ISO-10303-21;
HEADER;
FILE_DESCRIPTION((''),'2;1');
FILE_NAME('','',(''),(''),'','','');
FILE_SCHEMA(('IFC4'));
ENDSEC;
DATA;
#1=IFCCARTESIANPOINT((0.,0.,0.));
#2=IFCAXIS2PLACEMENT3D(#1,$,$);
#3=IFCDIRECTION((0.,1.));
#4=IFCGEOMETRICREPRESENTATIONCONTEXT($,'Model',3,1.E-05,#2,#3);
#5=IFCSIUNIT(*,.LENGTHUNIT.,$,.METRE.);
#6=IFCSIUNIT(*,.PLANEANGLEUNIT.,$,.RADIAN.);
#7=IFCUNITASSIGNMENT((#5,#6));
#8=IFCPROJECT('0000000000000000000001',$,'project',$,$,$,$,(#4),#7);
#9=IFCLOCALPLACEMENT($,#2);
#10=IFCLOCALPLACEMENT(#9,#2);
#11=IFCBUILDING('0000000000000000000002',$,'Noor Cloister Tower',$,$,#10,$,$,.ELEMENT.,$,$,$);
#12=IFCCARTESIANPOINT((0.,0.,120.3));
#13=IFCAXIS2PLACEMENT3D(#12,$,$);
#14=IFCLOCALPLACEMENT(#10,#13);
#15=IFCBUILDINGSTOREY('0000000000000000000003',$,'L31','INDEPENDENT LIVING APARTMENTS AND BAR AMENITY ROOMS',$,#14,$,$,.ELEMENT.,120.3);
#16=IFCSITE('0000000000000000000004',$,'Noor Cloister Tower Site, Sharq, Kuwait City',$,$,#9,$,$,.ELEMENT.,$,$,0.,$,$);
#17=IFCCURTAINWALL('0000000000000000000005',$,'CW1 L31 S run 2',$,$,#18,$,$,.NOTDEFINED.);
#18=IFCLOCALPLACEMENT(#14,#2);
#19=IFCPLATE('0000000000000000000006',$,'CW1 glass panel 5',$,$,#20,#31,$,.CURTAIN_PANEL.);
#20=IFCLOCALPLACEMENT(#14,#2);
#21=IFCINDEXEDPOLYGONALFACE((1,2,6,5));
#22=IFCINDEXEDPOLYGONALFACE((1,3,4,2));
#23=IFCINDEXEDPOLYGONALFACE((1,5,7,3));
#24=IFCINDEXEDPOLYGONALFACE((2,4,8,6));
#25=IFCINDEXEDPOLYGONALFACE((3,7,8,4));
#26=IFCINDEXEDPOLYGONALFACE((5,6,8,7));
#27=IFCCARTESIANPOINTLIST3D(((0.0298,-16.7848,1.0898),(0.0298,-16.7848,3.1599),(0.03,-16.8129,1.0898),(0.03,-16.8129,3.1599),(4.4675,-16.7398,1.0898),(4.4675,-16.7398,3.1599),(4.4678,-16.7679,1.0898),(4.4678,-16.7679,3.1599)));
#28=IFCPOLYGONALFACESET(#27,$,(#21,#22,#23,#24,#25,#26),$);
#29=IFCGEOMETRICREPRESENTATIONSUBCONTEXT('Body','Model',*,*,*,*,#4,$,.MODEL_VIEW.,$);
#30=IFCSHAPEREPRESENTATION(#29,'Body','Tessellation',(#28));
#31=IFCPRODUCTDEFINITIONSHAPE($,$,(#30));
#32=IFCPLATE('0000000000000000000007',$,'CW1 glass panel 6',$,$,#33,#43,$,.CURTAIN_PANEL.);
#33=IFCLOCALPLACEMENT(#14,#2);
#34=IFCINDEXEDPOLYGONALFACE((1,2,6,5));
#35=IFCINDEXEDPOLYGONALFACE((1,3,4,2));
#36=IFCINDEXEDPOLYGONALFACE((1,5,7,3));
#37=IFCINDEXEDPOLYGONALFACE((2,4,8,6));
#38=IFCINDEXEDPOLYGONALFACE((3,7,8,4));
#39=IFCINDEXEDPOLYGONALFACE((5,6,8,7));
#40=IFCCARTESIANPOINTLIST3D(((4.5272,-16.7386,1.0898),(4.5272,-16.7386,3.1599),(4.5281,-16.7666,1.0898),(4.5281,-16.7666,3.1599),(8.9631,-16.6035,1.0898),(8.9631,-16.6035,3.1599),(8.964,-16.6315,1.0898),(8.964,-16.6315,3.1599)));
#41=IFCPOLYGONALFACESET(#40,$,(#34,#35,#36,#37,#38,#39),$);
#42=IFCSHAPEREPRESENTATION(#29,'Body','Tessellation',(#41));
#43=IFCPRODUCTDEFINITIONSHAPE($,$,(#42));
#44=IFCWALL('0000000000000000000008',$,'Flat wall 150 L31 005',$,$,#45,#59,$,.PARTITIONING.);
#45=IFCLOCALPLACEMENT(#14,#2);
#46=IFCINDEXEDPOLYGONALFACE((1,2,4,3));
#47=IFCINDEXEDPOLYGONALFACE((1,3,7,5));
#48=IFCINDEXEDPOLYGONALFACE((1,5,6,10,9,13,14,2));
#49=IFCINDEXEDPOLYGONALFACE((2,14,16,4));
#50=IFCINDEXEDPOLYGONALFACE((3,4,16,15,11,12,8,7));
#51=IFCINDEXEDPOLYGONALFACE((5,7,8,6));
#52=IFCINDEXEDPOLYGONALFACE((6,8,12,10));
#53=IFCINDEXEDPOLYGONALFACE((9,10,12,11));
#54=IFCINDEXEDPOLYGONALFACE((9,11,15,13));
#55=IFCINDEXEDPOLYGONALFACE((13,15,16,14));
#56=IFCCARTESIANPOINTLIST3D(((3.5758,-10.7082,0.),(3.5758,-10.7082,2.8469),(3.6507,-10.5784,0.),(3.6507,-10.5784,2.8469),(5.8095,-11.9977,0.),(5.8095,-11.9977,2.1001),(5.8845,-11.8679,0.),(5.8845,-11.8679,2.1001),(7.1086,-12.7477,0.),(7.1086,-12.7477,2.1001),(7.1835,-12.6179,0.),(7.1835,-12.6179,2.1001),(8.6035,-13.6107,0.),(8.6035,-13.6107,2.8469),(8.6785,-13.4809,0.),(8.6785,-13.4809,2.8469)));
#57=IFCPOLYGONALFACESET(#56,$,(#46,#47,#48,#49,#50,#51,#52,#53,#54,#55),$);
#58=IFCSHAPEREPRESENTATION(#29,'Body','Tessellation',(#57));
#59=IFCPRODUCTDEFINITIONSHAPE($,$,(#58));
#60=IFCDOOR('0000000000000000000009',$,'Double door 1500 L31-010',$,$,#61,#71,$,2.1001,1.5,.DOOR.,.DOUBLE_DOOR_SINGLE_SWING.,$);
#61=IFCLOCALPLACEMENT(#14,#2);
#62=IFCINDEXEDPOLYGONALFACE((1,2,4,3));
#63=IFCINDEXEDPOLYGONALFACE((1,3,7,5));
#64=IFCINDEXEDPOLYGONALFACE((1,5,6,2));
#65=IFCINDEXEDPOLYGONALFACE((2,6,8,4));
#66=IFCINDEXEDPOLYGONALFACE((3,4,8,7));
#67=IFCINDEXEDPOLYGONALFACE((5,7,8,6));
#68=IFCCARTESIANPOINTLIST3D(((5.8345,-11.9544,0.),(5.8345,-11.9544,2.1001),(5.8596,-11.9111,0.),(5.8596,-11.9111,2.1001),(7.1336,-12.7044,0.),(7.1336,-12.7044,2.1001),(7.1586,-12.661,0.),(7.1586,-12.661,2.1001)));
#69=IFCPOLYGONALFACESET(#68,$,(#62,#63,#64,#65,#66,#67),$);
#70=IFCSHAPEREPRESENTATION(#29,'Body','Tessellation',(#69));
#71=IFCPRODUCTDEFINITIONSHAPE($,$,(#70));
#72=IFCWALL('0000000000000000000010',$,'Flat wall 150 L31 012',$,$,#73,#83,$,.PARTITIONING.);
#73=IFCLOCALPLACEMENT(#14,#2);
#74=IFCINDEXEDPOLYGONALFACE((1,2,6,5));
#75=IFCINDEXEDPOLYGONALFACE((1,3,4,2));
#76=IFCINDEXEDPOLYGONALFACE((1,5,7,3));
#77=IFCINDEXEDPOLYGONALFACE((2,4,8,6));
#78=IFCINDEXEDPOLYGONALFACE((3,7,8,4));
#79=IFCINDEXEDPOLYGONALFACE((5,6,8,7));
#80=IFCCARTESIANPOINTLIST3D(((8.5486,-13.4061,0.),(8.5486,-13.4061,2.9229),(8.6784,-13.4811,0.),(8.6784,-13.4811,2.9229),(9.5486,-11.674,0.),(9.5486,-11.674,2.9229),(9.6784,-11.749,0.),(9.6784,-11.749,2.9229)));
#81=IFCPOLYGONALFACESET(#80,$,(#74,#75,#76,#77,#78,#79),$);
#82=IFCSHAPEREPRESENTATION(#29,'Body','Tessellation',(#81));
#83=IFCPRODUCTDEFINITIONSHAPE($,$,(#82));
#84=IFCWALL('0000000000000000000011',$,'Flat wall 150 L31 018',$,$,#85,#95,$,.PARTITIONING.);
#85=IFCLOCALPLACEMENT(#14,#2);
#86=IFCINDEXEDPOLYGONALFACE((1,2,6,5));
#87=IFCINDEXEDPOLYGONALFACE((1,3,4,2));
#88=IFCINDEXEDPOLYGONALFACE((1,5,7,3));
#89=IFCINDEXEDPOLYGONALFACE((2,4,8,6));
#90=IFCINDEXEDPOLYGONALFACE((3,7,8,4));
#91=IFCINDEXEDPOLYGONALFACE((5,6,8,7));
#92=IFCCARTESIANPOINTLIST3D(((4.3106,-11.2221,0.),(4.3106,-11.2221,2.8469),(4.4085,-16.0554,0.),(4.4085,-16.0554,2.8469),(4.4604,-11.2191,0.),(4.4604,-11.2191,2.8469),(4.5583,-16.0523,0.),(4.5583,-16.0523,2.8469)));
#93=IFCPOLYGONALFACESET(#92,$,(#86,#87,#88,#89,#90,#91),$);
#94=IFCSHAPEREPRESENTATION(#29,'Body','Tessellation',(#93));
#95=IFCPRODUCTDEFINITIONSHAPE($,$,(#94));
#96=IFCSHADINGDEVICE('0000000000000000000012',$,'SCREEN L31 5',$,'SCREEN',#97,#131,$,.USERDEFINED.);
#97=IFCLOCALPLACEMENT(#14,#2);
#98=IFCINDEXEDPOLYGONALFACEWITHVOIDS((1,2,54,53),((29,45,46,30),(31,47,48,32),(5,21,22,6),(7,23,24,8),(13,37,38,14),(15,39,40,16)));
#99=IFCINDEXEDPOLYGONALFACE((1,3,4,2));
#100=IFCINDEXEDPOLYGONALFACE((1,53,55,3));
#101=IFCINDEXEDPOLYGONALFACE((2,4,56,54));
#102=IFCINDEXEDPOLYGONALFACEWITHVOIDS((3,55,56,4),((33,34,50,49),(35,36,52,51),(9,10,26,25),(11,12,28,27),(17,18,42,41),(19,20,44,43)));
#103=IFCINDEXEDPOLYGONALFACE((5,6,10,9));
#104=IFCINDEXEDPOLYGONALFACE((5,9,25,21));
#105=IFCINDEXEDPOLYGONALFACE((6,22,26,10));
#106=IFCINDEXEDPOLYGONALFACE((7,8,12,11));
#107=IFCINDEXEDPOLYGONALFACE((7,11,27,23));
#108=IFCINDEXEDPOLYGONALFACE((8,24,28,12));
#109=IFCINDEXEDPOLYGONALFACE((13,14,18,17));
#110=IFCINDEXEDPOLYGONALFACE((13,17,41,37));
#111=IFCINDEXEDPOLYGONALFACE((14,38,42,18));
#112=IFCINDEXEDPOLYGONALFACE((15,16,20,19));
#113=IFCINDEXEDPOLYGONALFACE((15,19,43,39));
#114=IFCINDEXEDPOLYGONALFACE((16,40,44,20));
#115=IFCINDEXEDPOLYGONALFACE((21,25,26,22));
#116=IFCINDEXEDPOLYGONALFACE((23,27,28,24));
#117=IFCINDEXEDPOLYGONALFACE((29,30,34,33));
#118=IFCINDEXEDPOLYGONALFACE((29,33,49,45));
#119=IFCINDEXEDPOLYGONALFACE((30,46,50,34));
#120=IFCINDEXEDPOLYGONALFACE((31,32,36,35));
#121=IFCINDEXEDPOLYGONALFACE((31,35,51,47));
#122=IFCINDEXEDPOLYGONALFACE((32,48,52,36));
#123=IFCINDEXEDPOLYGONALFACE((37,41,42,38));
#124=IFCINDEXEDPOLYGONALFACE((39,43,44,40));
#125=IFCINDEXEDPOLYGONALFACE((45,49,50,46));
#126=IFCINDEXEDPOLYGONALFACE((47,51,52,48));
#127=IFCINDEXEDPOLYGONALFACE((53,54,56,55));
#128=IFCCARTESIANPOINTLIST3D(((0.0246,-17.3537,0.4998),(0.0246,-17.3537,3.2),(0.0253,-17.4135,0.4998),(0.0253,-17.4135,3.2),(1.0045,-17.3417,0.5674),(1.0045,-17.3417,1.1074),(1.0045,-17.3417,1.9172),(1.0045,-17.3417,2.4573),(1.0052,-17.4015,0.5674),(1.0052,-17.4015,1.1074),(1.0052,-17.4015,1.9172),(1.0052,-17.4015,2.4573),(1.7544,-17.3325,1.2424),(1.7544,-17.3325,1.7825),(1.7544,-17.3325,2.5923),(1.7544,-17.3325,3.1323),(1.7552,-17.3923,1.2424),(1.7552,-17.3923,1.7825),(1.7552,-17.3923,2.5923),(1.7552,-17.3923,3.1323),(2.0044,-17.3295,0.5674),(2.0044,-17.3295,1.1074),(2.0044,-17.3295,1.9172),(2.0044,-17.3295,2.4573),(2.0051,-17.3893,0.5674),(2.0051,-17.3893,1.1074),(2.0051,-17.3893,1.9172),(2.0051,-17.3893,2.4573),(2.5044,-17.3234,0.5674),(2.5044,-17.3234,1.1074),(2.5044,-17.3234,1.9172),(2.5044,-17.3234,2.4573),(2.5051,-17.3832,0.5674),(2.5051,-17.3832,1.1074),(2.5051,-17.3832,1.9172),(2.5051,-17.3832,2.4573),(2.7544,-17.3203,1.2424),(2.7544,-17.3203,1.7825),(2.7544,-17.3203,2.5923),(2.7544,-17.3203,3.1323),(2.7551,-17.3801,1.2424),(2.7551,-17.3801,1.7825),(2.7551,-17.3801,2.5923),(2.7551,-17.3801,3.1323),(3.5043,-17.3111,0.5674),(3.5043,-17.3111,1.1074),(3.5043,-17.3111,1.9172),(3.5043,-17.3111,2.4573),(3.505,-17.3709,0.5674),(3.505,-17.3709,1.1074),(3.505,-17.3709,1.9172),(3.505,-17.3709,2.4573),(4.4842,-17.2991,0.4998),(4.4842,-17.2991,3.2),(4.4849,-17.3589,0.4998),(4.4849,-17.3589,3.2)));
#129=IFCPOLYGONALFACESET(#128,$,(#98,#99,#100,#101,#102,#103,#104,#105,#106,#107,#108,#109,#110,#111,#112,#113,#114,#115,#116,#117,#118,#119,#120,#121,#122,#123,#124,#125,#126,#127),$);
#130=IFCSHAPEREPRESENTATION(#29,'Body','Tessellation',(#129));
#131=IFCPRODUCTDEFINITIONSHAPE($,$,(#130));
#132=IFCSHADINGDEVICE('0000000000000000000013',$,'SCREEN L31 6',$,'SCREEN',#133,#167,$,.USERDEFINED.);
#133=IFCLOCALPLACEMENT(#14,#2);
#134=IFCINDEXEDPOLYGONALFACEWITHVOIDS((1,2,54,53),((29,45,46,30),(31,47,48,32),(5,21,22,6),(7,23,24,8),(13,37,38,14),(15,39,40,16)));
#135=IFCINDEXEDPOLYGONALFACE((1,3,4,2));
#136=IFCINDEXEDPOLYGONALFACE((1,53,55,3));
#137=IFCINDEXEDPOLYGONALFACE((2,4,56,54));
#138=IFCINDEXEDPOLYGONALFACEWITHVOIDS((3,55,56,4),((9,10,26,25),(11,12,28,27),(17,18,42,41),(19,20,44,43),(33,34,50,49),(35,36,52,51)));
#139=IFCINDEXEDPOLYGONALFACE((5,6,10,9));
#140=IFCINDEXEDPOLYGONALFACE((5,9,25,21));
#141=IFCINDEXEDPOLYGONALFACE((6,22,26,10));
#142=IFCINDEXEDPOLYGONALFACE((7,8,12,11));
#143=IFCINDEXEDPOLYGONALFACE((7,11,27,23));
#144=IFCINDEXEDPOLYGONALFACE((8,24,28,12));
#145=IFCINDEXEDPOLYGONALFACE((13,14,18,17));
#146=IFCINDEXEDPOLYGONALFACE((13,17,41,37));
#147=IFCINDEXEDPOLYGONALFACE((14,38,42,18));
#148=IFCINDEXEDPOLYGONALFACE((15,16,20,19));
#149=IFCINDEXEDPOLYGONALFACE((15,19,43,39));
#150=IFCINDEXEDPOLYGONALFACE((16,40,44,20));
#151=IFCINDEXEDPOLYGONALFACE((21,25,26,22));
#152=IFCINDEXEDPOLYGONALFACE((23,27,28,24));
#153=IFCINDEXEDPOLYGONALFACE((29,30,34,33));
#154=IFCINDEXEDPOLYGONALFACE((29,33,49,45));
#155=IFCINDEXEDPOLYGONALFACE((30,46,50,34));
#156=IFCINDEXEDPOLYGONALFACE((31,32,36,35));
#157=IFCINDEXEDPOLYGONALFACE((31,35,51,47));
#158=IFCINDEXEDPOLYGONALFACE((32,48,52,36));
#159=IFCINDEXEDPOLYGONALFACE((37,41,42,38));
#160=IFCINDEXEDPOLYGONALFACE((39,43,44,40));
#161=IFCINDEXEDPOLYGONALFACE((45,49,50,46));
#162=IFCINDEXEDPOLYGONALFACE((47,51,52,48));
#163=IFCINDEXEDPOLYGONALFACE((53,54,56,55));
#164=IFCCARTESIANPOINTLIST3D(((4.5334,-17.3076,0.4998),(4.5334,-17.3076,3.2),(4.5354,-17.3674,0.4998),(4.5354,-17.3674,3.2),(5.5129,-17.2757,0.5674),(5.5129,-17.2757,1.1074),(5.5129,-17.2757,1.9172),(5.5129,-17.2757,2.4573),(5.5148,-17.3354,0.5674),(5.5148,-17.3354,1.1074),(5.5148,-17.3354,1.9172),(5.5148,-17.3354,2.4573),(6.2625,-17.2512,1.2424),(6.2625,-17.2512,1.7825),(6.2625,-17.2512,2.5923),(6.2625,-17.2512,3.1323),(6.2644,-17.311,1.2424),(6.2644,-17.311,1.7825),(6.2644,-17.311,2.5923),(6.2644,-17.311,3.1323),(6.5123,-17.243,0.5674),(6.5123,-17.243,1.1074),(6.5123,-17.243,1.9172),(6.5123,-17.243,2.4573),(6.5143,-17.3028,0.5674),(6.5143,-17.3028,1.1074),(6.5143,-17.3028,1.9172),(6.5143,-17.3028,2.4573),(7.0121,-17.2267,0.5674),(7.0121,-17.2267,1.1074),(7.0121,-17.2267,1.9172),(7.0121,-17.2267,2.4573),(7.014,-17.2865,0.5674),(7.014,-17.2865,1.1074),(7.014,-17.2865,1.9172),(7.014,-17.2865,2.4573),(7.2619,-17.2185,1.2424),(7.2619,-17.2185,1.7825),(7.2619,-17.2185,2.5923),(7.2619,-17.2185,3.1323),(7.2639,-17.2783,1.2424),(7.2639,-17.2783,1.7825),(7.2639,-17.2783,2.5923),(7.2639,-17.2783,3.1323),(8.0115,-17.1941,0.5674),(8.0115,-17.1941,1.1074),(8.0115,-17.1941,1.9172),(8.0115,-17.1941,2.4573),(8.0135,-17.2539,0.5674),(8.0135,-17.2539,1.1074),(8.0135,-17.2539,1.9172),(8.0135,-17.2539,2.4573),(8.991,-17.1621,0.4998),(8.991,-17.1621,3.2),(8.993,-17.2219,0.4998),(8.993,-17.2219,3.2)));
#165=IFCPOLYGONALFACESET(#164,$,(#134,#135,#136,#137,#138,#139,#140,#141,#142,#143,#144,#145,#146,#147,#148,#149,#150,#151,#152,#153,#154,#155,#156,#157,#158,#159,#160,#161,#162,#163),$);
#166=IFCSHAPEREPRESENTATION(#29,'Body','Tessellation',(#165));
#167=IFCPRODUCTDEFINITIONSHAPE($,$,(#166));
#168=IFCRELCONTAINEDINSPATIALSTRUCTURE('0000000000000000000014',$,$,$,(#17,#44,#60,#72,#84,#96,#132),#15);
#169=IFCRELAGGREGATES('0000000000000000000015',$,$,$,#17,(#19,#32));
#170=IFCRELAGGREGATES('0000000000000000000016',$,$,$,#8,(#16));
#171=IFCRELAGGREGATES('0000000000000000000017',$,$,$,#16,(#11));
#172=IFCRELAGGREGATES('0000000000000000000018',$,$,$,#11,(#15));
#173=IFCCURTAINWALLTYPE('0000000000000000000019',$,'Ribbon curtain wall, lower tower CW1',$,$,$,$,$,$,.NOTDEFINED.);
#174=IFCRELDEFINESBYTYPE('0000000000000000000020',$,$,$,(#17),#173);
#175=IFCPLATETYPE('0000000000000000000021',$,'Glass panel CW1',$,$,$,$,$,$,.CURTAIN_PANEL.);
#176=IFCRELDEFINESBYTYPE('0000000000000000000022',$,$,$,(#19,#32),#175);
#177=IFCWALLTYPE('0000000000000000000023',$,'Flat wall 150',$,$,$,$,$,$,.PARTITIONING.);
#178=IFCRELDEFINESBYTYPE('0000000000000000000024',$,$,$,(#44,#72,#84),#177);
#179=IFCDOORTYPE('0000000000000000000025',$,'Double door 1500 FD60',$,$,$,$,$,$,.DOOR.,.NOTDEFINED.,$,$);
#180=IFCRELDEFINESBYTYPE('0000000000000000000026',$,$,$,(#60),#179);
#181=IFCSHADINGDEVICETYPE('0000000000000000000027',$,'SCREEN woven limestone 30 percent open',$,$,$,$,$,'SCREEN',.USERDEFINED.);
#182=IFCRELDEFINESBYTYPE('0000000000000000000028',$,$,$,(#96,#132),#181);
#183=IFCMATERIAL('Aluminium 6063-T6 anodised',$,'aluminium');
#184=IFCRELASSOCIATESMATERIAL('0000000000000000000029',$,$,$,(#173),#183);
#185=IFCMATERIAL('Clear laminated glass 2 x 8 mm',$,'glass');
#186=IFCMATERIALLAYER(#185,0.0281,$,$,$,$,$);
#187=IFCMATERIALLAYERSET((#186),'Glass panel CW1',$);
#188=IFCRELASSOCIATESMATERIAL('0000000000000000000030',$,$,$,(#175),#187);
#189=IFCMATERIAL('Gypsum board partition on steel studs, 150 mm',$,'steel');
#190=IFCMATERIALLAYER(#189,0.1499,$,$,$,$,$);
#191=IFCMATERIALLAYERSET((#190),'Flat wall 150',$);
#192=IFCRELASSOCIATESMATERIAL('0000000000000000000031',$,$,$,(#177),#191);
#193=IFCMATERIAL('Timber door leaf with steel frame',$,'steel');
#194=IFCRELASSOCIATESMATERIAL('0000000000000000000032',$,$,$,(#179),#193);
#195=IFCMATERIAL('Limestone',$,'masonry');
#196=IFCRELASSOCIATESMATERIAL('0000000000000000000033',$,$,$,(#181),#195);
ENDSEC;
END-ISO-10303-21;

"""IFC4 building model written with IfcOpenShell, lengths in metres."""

from ifc_helpers import new_model, si_unit, direction, frame, frame_2d, origin, origin_2d, place, context, subcontext, project, spatial, polyline, rectangle, outline, extrude, material, layer, layer_set, material_profile, profile_set, type_object, element, fill, aggregate, save


model = new_model("IFC4")

# Units and contexts
model_context = context("Model", 3, precision=1e-05, world=origin(), true_north=direction((0.0, 1.0)))
body_context = subcontext(model_context, "Body", "Model", "MODEL_VIEW")
ifc_project = project(units=[si_unit("LENGTHUNIT", "METRE"), si_unit("PLANEANGLEUNIT", "RADIAN")], contexts=[model_context])

# Site, building, storey
site_placement = place(None, origin())
site = spatial("IfcSite", under=ifc_project, at=site_placement, Name="Noor Cloister Tower Site, Sharq, Kuwait City", CompositionType="ELEMENT", RefElevation=0.0)
building_placement = place(site_placement, origin())
building = spatial("IfcBuilding", under=site, at=building_placement, Name="Noor Cloister Tower", CompositionType="ELEMENT")
storey_placement = place(building_placement, frame((0.0, 0.0, 120.3)))
storey = spatial("IfcBuildingStorey", under=building, at=storey_placement, Name="L31", Description="INDEPENDENT LIVING APARTMENTS AND BAR AMENITY ROOMS", CompositionType="ELEMENT", Elevation=120.3)

# Curtain wall
ifc_material_1 = material(Name="Aluminium 6063-T6 anodised", Category="aluminium")
curtain_wall_type = type_object("IfcCurtainWallType", Name="Ribbon curtain wall, lower tower CW1", PredefinedType="NOTDEFINED", material=ifc_material_1)
curtain_wall_placement = place(storey_placement, origin())
curtain_wall = element("IfcCurtainWall", 1, at=curtain_wall_placement, inside=storey, type_object=curtain_wall_type, Name="CW1 L31 S run 2", PredefinedType="NOTDEFINED")

# Plates
ifc_material_2 = material(Name="Clear laminated glass 2 x 8 mm", Category="glass")
ifc_layer_1 = layer(ifc_material_2, 0.0281)
ifc_layer_set_1 = layer_set([ifc_layer_1], Name="Glass panel CW1")
plate_type = type_object("IfcPlateType", Name="Glass panel CW1", PredefinedType="CURTAIN_PANEL", material=ifc_layer_set_1)
plate_1_placement = place(storey_placement, frame((2.2488, -16.7764, 1.0898), z_axis=(0.0, 0.0, 1.0), x_axis=(0.999949, 0.010147, 0.0)))
plate_1 = element("IfcPlate", 2, at=plate_1_placement, type_object=plate_type, Name="CW1 glass panel 5", PredefinedType="CURTAIN_PANEL", context=body_context, shape_type="SweptSolid", body=[
    extrude(rectangle(XDim=4.438, YDim=0.0281, at=origin_2d()), origin(), (0.0, 0.0, 1.0), 2.0701),
])
plate_2_placement = place(storey_placement, frame((6.7456, -16.6851, 1.0898), z_axis=(0.0, 0.0, 1.0), x_axis=(0.999537, 0.030438, 0.0)))
plate_2 = element("IfcPlate", 3, at=plate_2_placement, type_object=plate_type, Name="CW1 glass panel 6", PredefinedType="CURTAIN_PANEL", context=body_context, shape_type="SweptSolid", body=[
    extrude(rectangle(XDim=4.438, YDim=0.0281, at=origin_2d()), origin(), (0.0, 0.0, 1.0), 2.0701),
])
aggregate(curtain_wall, [plate_1, plate_2])

# Wall, opening, door
ifc_material_3 = material(Name="Gypsum board partition on steel studs, 150 mm", Category="steel")
ifc_layer_2 = layer(ifc_material_3, 0.1499)
ifc_layer_set_2 = layer_set([ifc_layer_2], Name="Flat wall 150")
wall_type = type_object("IfcWallType", Name="Flat wall 150", PredefinedType="PARTITIONING", material=ifc_layer_set_2)
wall_1_placement = place(storey_placement, frame((8.6411, -13.5459, 0.0), z_axis=(0.0, 0.0, 1.0), x_axis=(-0.866043, 0.49997, 0.0)))
wall_1 = element("IfcWall", 4, at=wall_1_placement, inside=storey, type_object=wall_type, Name="Flat wall 150 L31 005", PredefinedType="PARTITIONING", context=body_context, shape_type="SweptSolid", body=[
    extrude(rectangle(XDim=5.8054, YDim=0.1499, at=frame_2d((2.9028, 0.0))), origin(), (0.0, 0.0, 1.0), 2.8469),
])
opening_placement = place(wall_1_placement, frame((1.7263, 0.0, 0.0)))
opening = element("IfcOpeningElement", 5, at=opening_placement, cuts=wall_1, PredefinedType="OPENING", context=body_context, shape_type="SweptSolid", body=[
    extrude(rectangle(XDim=1.5, YDim=2.1001, at=frame_2d((0.75, 1.05))), frame((0.0, 0.085, 0.0), z_axis=(0.0, -1.0, 0.0), x_axis=(1.0, 0.0, 0.0)), (0.0, 0.0, 1.0), 0.1699),
])
ifc_material_4 = material(Name="Timber door leaf with steel frame", Category="steel")
door_type = type_object("IfcDoorType", Name="Double door 1500 FD60", OperationType="NOTDEFINED", PredefinedType="DOOR", material=ifc_material_4)
door_placement = place(opening_placement, origin())
door = element("IfcDoor", 6, at=door_placement, inside=storey, type_object=door_type, Name="Double door 1500 L31-010", OperationType="DOUBLE_DOOR_SINGLE_SWING", OverallHeight=2.1001, OverallWidth=1.5, PredefinedType="DOOR", context=body_context, shape_type="SweptSolid", body=[
    extrude(rectangle(XDim=1.5, YDim=2.1001, at=frame_2d((0.75, 1.05))), frame((0.0, 0.0249, 0.0), z_axis=(0.0, -1.0, 0.0), x_axis=(1.0, 0.0, 0.0)), (0.0, 0.0, 1.0), 0.05),
])
fill(opening, door)

# Walls
wall_2_placement = place(storey_placement, frame((8.6135, -13.4436, 0.0), z_axis=(0.0, 0.0, 1.0), x_axis=(0.499973, 0.866041, 0.0)))
element("IfcWall", 7, at=wall_2_placement, inside=storey, type_object=wall_type, Name="Flat wall 150 L31 012", PredefinedType="PARTITIONING", context=body_context, shape_type="SweptSolid", body=[
    extrude(rectangle(XDim=2.0, YDim=0.1499, at=frame_2d((1.0, 0.0))), origin(), (0.0, 0.0, 1.0), 2.9229),
])
wall_3_placement = place(storey_placement, frame((4.4834, -16.0537, 0.0), z_axis=(0.0, 0.0, 1.0), x_axis=(-0.020251, 0.999795, 0.0)))
element("IfcWall", 8, at=wall_3_placement, inside=storey, type_object=wall_type, Name="Flat wall 150 L31 018", PredefinedType="PARTITIONING", context=body_context, shape_type="SweptSolid", body=[
    extrude(rectangle(XDim=4.8342, YDim=0.1499, at=frame_2d((2.417, 0.0))), origin(), (0.0, 0.0, 1.0), 2.8469),
])

# Shading devices
ifc_material_5 = material(Name="Limestone", Category="masonry")
ifc_material_profile_1 = material_profile(ifc_material_5, outline(polyline([(-2.23, -1.3501), (2.23, -1.3501), (2.23, 1.3501), (-2.23, 1.3501), (-2.23, -1.3501)]), holes=[polyline([(-1.25, -1.2825), (-0.25, -1.2825), (-0.25, -0.7424), (-1.25, -0.7424), (-1.25, -1.2825)]), polyline([(0.25, -1.2825), (1.25, -1.2825), (1.25, -0.7424), (0.25, -0.7424), (0.25, -1.2825)]), polyline([(-0.5, -0.6074), (0.5, -0.6074), (0.5, -0.0674), (-0.5, -0.0674), (-0.5, -0.6074)]), polyline([(-1.25, 0.0674), (-0.25, 0.0674), (-0.25, 0.6074), (-1.25, 0.6074), (-1.25, 0.0674)]), polyline([(0.25, 0.0674), (1.25, 0.0674), (1.25, 0.6074), (0.25, 0.6074), (0.25, 0.0674)]), polyline([(-0.5, 0.7424), (0.5, 0.7424), (0.5, 1.2825), (-0.5, 1.2825), (-0.5, 0.7424)])]), Name="Woven screen 30 percent open")
ifc_profile_set_1 = profile_set([ifc_material_profile_1], Name="Limestone")
shading_device_type = type_object("IfcShadingDeviceType", Name="SCREEN woven limestone 30 percent open", ElementType="SCREEN", PredefinedType="USERDEFINED", material=ifc_profile_set_1)
for number, where, z_axis, x_axis, name in (
    (9, (2.2544, -17.3264, 1.8499), (0.012244, -0.999925, 0.0), (0.999925, 0.012244, 0.0), "SCREEN L31 5"),
    (10, (6.7622, -17.2349, 1.8499), (0.032636, -0.999467, 0.0), (0.999467, 0.032636, 0.0), "SCREEN L31 6"),
):
    element("IfcShadingDevice", number, at=place(storey_placement, frame(where, z_axis=z_axis, x_axis=x_axis)), inside=storey, type_object=shading_device_type, Name=name, ObjectType="SCREEN", PredefinedType="USERDEFINED", context=body_context, shape_type="SweptSolid", body=[
        extrude(outline(polyline([(-2.23, -1.3501), (2.23, -1.3501), (2.23, 1.3501), (-2.23, 1.3501), (-2.23, -1.3501)]), holes=[polyline([(-1.25, -1.2825), (-0.25, -1.2825), (-0.25, -0.7424), (-1.25, -0.7424), (-1.25, -1.2825)]), polyline([(0.25, -1.2825), (1.25, -1.2825), (1.25, -0.7424), (0.25, -0.7424), (0.25, -1.2825)]), polyline([(-0.5, -0.6074), (0.5, -0.6074), (0.5, -0.0674), (-0.5, -0.0674), (-0.5, -0.6074)]), polyline([(-1.25, 0.0674), (-0.25, 0.0674), (-0.25, 0.6074), (-1.25, 0.6074), (-1.25, 0.0674)]), polyline([(0.25, 0.0674), (1.25, 0.0674), (1.25, 0.6074), (0.25, 0.6074), (0.25, 0.0674)]), polyline([(-0.5, 0.7424), (0.5, 0.7424), (0.5, 1.2825), (-0.5, 1.2825), (-0.5, 0.7424)])]), origin(), (0.0, 0.0, 1.0), 0.0598),
    ])

save(model, "model.ifc")
